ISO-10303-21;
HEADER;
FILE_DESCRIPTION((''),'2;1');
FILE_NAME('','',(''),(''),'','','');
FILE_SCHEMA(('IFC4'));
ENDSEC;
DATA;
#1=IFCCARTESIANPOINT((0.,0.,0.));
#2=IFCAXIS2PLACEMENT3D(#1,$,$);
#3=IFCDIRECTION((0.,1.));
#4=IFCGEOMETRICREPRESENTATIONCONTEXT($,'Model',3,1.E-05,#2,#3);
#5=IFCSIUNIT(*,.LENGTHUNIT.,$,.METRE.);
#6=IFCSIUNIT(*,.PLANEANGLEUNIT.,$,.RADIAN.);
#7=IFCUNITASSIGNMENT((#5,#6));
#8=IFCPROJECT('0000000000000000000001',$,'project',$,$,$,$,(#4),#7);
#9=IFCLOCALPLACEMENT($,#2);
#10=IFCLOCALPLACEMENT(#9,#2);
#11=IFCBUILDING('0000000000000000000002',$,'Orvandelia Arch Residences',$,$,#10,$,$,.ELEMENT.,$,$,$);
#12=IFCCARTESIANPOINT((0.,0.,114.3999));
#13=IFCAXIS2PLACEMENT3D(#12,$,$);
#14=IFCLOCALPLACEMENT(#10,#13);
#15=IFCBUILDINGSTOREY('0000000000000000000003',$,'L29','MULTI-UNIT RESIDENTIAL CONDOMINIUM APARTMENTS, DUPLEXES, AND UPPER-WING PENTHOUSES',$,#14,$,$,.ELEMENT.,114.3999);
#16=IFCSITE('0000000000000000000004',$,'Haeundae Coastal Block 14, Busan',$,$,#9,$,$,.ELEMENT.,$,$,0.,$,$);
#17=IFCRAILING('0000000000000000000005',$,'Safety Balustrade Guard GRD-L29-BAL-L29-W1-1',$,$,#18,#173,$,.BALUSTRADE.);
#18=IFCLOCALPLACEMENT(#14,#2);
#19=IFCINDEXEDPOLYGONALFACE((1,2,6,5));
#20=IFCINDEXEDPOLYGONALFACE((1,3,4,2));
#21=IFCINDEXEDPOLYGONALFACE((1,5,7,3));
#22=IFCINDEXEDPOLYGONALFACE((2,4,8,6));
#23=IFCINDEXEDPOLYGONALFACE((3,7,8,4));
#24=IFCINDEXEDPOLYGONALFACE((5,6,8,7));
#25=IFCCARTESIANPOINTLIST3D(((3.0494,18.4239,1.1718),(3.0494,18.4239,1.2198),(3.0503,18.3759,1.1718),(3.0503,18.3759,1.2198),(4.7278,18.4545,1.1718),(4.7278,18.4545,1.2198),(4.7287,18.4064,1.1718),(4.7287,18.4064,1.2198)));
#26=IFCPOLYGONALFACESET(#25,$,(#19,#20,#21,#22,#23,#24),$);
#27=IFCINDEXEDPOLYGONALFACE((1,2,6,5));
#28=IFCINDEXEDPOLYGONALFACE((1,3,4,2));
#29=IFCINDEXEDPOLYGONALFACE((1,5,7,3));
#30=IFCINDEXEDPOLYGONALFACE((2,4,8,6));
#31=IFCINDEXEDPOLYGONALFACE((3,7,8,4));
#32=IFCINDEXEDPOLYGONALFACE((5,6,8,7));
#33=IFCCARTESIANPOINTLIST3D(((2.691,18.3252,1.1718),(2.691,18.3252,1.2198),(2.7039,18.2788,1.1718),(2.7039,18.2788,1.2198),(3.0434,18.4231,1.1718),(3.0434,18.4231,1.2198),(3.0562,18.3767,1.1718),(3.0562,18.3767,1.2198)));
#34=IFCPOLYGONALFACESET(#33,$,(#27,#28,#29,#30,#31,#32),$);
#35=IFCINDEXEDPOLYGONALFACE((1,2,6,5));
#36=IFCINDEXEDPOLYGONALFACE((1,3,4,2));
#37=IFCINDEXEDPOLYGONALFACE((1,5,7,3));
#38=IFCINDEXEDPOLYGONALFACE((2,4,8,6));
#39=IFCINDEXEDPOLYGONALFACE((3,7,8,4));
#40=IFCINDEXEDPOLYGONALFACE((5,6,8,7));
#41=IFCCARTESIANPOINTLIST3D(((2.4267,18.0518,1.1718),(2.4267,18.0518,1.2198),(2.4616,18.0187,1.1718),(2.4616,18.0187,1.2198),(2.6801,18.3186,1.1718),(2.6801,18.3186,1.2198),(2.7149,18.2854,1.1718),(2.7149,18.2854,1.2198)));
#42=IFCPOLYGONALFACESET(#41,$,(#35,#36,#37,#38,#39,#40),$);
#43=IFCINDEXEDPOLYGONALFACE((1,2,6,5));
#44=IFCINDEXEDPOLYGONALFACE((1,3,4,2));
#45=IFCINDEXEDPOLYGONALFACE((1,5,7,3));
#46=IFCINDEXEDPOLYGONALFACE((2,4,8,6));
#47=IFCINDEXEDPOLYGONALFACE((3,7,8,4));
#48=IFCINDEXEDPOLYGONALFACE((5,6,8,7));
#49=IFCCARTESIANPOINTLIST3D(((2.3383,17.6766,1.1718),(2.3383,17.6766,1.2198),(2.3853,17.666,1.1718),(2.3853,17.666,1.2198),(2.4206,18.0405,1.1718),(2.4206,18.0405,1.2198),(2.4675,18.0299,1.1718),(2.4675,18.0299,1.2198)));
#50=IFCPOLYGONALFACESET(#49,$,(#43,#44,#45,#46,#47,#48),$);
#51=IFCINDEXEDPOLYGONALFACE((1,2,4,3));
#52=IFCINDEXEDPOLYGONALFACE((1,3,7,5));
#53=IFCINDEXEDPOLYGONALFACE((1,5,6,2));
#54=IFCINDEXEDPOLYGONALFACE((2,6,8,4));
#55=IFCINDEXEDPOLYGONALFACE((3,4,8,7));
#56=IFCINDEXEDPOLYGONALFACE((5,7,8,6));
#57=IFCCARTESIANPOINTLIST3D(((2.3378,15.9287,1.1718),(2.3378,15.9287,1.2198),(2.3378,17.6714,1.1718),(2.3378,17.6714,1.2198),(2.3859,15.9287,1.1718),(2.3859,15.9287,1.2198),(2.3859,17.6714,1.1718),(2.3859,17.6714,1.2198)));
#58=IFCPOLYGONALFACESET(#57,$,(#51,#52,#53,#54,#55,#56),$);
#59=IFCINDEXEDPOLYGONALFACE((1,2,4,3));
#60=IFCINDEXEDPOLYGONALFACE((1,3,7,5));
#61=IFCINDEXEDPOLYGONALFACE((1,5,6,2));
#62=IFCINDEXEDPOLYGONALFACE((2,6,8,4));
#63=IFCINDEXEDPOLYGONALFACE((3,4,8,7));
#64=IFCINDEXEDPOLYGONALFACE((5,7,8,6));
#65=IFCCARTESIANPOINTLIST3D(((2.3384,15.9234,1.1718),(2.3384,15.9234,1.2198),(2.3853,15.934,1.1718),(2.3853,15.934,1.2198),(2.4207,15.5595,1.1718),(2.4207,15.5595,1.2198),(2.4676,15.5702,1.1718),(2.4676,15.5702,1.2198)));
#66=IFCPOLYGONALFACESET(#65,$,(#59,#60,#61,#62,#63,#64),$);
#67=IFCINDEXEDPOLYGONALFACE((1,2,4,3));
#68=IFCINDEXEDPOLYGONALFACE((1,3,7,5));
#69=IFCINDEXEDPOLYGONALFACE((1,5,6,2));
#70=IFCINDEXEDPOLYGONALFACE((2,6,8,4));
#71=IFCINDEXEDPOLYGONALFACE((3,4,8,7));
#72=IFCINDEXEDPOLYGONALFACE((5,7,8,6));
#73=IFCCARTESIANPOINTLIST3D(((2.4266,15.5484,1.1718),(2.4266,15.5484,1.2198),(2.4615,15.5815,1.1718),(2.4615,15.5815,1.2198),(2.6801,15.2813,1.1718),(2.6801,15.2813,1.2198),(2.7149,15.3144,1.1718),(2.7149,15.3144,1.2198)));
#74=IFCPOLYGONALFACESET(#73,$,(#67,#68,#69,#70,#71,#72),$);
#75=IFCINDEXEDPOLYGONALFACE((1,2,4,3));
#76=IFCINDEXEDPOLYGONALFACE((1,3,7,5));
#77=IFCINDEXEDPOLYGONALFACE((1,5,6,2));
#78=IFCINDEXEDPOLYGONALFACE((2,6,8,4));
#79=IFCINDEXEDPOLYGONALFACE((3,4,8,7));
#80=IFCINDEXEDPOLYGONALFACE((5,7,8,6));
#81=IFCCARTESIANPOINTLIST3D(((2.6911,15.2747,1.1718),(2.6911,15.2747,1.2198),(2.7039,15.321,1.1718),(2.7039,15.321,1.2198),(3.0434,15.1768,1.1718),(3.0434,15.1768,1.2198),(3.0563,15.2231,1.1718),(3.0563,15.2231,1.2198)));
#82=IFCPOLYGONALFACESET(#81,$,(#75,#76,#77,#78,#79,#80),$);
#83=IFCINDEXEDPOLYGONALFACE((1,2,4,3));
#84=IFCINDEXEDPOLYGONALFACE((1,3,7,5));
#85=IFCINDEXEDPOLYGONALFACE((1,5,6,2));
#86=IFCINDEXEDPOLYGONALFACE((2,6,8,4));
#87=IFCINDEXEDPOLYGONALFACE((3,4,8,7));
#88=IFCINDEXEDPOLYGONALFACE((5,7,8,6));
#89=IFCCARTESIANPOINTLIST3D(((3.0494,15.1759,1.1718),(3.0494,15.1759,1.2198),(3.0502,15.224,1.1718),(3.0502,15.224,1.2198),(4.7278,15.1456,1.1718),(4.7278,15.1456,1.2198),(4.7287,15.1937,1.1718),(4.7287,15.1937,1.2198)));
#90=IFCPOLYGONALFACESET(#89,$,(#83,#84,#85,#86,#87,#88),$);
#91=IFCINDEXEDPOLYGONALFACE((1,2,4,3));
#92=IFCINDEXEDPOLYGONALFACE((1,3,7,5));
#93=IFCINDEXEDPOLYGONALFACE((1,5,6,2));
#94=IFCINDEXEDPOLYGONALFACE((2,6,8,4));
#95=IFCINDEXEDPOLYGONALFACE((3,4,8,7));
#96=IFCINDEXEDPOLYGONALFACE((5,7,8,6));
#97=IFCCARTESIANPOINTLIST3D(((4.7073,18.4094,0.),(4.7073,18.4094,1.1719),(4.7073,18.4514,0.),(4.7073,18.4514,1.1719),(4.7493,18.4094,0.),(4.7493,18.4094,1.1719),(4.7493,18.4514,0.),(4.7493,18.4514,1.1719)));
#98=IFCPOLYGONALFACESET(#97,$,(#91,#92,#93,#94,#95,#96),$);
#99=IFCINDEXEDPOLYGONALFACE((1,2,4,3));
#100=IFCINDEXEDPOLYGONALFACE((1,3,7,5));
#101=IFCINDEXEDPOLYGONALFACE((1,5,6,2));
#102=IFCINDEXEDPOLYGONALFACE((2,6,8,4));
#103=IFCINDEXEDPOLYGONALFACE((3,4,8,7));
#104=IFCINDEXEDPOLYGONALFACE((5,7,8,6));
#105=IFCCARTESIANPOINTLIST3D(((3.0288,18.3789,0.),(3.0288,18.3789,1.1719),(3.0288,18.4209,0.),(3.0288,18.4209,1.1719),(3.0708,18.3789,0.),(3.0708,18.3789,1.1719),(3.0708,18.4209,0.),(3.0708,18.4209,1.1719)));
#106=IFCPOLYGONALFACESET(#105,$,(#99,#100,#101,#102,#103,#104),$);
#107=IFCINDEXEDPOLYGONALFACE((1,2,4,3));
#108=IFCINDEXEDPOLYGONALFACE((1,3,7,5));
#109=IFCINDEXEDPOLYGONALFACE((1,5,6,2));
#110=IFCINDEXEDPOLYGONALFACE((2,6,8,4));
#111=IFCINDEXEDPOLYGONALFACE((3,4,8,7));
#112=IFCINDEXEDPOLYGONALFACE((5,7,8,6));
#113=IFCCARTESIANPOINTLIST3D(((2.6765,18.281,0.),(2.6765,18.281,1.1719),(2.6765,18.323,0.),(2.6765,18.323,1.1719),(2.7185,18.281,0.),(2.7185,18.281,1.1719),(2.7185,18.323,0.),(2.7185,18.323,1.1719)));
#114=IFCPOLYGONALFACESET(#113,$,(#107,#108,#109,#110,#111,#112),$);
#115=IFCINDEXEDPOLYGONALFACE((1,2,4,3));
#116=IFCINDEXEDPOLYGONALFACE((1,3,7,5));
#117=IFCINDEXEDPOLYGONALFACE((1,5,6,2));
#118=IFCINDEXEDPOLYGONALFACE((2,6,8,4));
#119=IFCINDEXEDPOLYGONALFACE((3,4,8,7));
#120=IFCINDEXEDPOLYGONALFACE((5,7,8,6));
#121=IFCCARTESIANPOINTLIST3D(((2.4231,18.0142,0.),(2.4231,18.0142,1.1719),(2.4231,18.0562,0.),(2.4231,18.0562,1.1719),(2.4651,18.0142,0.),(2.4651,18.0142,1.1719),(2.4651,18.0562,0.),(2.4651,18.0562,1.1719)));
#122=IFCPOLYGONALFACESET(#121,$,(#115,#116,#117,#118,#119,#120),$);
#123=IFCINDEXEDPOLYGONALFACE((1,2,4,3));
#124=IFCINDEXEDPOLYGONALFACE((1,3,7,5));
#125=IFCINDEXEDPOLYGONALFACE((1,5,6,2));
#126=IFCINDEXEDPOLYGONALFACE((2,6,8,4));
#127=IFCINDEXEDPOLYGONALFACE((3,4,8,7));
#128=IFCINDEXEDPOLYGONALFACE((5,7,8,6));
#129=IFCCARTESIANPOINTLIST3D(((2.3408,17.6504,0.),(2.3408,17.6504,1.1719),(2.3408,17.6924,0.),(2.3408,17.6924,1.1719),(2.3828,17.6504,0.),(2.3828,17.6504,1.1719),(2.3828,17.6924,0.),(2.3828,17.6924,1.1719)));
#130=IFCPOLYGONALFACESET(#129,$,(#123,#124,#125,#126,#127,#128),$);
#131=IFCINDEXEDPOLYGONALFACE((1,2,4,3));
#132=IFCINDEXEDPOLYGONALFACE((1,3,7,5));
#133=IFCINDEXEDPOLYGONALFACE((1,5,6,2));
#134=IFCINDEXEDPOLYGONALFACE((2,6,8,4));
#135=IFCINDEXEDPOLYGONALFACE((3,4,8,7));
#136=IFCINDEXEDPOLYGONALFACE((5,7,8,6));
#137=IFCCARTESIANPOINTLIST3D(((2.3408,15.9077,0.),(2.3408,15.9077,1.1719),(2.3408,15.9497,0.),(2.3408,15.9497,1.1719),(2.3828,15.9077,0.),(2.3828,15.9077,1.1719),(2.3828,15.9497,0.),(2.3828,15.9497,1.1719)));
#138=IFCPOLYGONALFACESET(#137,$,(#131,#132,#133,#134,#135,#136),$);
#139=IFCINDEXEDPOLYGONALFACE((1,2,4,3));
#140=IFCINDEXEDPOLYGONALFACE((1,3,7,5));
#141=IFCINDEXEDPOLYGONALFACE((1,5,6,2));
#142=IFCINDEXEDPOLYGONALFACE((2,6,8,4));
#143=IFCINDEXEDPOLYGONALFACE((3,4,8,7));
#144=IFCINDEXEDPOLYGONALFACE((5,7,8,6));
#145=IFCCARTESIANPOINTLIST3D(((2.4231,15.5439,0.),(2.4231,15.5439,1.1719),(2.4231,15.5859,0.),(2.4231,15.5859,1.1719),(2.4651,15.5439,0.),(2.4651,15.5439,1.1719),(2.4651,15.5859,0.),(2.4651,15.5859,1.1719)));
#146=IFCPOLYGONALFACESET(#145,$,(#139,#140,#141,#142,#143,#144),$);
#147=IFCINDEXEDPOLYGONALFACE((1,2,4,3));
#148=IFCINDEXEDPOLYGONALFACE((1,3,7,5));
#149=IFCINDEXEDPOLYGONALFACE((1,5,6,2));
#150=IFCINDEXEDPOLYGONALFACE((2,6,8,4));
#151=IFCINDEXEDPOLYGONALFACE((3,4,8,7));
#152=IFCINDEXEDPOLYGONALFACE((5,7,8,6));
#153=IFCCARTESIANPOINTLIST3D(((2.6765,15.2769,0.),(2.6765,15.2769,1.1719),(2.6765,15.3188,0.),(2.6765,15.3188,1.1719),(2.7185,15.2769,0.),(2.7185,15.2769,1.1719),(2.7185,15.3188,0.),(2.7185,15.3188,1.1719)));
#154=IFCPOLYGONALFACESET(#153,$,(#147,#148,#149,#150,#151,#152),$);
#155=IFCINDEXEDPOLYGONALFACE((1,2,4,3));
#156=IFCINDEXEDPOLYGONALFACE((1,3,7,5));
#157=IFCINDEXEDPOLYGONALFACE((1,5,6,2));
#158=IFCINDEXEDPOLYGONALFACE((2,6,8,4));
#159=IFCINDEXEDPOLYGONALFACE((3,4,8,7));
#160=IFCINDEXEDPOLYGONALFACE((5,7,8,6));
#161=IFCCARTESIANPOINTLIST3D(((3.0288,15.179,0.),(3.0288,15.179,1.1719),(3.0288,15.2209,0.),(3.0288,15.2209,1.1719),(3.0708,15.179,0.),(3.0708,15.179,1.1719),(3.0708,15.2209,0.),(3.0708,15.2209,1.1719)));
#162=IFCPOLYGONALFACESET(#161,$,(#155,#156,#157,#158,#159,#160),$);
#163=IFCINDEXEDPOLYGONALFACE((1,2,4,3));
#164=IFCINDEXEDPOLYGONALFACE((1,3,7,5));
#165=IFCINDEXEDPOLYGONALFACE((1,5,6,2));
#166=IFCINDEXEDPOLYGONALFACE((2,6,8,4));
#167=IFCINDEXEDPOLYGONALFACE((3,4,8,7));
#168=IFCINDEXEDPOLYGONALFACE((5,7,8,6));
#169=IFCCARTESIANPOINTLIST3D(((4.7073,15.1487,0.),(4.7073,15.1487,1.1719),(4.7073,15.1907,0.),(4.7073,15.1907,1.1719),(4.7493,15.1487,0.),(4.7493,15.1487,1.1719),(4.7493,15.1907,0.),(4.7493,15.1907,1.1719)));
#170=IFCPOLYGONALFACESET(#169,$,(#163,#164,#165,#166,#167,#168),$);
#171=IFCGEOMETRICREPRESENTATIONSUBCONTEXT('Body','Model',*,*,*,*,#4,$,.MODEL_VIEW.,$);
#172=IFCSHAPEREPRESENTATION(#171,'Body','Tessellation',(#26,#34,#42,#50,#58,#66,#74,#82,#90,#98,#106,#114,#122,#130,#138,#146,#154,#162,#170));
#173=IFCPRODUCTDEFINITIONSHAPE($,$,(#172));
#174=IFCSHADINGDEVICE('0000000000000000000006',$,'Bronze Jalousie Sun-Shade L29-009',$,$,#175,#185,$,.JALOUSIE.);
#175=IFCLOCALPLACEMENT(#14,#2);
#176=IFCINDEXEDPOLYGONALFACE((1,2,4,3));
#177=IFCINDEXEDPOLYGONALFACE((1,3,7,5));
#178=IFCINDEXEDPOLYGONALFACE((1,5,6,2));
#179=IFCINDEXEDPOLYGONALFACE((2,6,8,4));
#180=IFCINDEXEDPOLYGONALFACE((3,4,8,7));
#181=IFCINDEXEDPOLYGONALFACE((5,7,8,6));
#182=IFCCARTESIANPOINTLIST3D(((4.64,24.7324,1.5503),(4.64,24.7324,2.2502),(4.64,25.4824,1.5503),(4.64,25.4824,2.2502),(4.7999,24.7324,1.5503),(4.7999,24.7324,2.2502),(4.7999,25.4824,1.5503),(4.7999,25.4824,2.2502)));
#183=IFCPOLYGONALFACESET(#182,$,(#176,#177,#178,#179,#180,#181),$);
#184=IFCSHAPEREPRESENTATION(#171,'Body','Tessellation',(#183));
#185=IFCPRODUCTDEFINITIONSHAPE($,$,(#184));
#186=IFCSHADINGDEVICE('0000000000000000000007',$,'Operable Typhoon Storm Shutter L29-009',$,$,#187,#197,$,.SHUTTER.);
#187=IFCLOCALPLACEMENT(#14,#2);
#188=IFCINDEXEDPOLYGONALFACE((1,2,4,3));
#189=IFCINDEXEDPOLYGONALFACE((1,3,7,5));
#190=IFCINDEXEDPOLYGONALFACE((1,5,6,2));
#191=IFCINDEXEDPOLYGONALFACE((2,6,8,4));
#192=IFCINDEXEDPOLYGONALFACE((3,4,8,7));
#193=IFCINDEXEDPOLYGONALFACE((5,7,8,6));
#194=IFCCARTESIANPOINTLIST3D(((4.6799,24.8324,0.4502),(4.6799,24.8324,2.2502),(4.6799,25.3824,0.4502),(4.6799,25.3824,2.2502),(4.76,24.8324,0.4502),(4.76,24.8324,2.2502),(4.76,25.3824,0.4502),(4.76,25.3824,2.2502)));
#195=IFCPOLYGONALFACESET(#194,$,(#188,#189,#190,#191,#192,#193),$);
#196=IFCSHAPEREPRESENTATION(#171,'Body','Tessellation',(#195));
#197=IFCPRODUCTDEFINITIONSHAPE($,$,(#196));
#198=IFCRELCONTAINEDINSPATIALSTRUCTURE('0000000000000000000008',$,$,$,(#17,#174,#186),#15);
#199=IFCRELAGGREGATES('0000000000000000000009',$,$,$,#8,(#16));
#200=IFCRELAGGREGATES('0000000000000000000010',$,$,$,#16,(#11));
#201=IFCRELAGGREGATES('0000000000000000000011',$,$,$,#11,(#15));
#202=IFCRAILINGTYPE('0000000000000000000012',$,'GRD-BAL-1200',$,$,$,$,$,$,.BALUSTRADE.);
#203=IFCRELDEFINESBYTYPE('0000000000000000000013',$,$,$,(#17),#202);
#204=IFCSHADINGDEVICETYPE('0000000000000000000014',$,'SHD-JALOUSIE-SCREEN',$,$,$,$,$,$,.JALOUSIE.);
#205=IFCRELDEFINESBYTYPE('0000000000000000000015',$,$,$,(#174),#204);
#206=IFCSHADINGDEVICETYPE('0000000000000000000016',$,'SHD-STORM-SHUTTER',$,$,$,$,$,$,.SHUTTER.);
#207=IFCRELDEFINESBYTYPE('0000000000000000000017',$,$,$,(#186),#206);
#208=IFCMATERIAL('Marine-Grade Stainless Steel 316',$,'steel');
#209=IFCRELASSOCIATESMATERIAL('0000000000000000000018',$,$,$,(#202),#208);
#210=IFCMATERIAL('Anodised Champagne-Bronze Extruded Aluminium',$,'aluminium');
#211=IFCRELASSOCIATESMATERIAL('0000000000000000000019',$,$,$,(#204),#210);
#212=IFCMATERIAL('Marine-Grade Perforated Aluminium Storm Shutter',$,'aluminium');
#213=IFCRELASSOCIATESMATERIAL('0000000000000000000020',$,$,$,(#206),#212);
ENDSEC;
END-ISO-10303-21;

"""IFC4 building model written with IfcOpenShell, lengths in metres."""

from ifc_helpers import new_model, si_unit, direction, frame, origin, origin_2d, place, context, subcontext, project, spatial, rectangle, extrude, material, type_object, element, save


model = new_model("IFC4")

# Units and contexts
model_context = context("Model", 3, precision=1e-05, world=origin(), true_north=direction((0.0, 1.0)))
body_context = subcontext(model_context, "Body", "Model", "MODEL_VIEW")
ifc_project = project(units=[si_unit("LENGTHUNIT", "METRE"), si_unit("PLANEANGLEUNIT", "RADIAN")], contexts=[model_context])

# Site, building, storey
site_placement = place(None, origin())
site = spatial("IfcSite", under=ifc_project, at=site_placement, Name="Haeundae Coastal Block 14, Busan", CompositionType="ELEMENT", RefElevation=0.0)
building_placement = place(site_placement, origin())
building = spatial("IfcBuilding", under=site, at=building_placement, Name="Orvandelia Arch Residences", CompositionType="ELEMENT")
storey_placement = place(building_placement, frame((0.0, 0.0, 114.3999)))
storey = spatial("IfcBuildingStorey", under=building, at=storey_placement, Name="L29", Description="MULTI-UNIT RESIDENTIAL CONDOMINIUM APARTMENTS, DUPLEXES, AND UPPER-WING PENTHOUSES", CompositionType="ELEMENT", Elevation=114.3999)

# Railing
ifc_material_1 = material(Name="Marine-Grade Stainless Steel 316", Category="steel")
railing_type = type_object("IfcRailingType", Name="GRD-BAL-1200", PredefinedType="BALUSTRADE", material=ifc_material_1)
railing_placement = place(storey_placement, frame((4.7283, 18.4304, 0.0)))
element("IfcRailing", 1, at=railing_placement, inside=storey, type_object=railing_type, Name="Safety Balustrade Guard GRD-L29-BAL-L29-W1-1", PredefinedType="BALUSTRADE", context=body_context, shape_type="SweptSolid", body=[
    extrude(rectangle(XDim=0.0481, YDim=0.0481, at=origin_2d()), frame((0.0, 0.0, 1.1958), z_axis=(-0.999835, -0.018179, 0.0), x_axis=(0.018179, -0.999835, 0.0)), (0.0, 0.0, 1.0), 1.6787),
    extrude(rectangle(XDim=0.0481, YDim=0.0481, at=origin_2d()), frame((-1.6785, -0.0305, 1.1958), z_axis=(-0.963489, -0.267747, 0.0), x_axis=(0.267747, -0.963489, 0.0)), (0.0, 0.0, 1.0), 0.3657),
    extrude(rectangle(XDim=0.0481, YDim=0.0481, at=origin_2d()), frame((-2.0308, -0.1284, 1.1958), z_axis=(-0.688627, -0.725115, 0.0), x_axis=(0.725115, -0.688627, 0.0)), (0.0, 0.0, 1.0), 0.3679),
    extrude(rectangle(XDim=0.0481, YDim=0.0481, at=origin_2d()), frame((-2.2842, -0.3953, 1.1958), z_axis=(-0.220602, -0.975364, 0.0), x_axis=(0.975364, -0.220602, 0.0)), (0.0, 0.0, 1.0), 0.373),
    extrude(rectangle(XDim=0.0481, YDim=0.0481, at=origin_2d()), frame((-2.3665, -0.759, 1.1958), z_axis=(0.0, -1.0, 0.0), x_axis=(1.0, 0.0, 0.0)), (0.0, 0.0, 1.0), 1.7427),
    extrude(rectangle(XDim=0.0481, YDim=0.0481, at=origin_2d()), frame((-2.3665, -2.5017, 1.1958), z_axis=(0.220602, -0.975364, 0.0), x_axis=(0.975364, 0.220602, 0.0)), (0.0, 0.0, 1.0), 0.373),
    extrude(rectangle(XDim=0.0481, YDim=0.0481, at=origin_2d()), frame((-2.2842, -2.8655, 1.1958), z_axis=(0.688296, -0.72543, 0.0), x_axis=(0.72543, 0.688296, 0.0)), (0.0, 0.0, 1.0), 0.3682),
    extrude(rectangle(XDim=0.0481, YDim=0.0481, at=origin_2d()), frame((-2.0308, -3.1326, 1.1958), z_axis=(0.963489, -0.267747, 0.0), x_axis=(0.267747, 0.963489, 0.0)), (0.0, 0.0, 1.0), 0.3657),
    extrude(rectangle(XDim=0.0481, YDim=0.0481, at=origin_2d()), frame((-1.6785, -3.2305, 1.1958), z_axis=(0.999837, -0.018033, 0.0), x_axis=(0.018033, 0.999837, 0.0)), (0.0, 0.0, 1.0), 1.6787),
    extrude(rectangle(XDim=0.042, YDim=0.042, at=origin_2d()), origin(), (0.0, 0.0, 1.0), 1.1719),
    extrude(rectangle(XDim=0.042, YDim=0.042, at=origin_2d()), frame((-1.6785, -0.0305, 0.0)), (0.0, 0.0, 1.0), 1.1719),
    extrude(rectangle(XDim=0.042, YDim=0.042, at=origin_2d()), frame((-2.0308, -0.1284, 0.0)), (0.0, 0.0, 1.0), 1.1719),
    extrude(rectangle(XDim=0.042, YDim=0.042, at=origin_2d()), frame((-2.2842, -0.3953, 0.0)), (0.0, 0.0, 1.0), 1.1719),
    extrude(rectangle(XDim=0.042, YDim=0.042, at=origin_2d()), frame((-2.3665, -0.759, 0.0)), (0.0, 0.0, 1.0), 1.1719),
    extrude(rectangle(XDim=0.042, YDim=0.042, at=origin_2d()), frame((-2.3665, -2.5017, 0.0)), (0.0, 0.0, 1.0), 1.1719),
    extrude(rectangle(XDim=0.042, YDim=0.042, at=origin_2d()), frame((-2.2842, -2.8655, 0.0)), (0.0, 0.0, 1.0), 1.1719),
    extrude(rectangle(XDim=0.042, YDim=0.042, at=origin_2d()), frame((-2.0308, -3.1326, 0.0)), (0.0, 0.0, 1.0), 1.1719),
    extrude(rectangle(XDim=0.042, YDim=0.042, at=origin_2d()), frame((-1.6785, -3.2305, 0.0)), (0.0, 0.0, 1.0), 1.1719),
    extrude(rectangle(XDim=0.042, YDim=0.042, at=origin_2d()), frame((0.0, -3.2607, 0.0)), (0.0, 0.0, 1.0), 1.1719),
])

# Shading devices
ifc_material_2 = material(Name="Anodised Champagne-Bronze Extruded Aluminium", Category="aluminium")
shading_device_type_1 = type_object("IfcShadingDeviceType", Name="SHD-JALOUSIE-SCREEN", PredefinedType="JALOUSIE", material=ifc_material_2)
shading_device_1_placement = place(storey_placement, frame((4.72, 25.1074, 1.5503), z_axis=(0.0, 0.0, 1.0), x_axis=(0.0, 1.0, 0.0)))
element("IfcShadingDevice", 2, at=shading_device_1_placement, inside=storey, type_object=shading_device_type_1, Name="Bronze Jalousie Sun-Shade L29-009", PredefinedType="JALOUSIE", context=body_context, shape_type="SweptSolid", body=[
    extrude(rectangle(XDim=0.75, YDim=0.1599, at=origin_2d()), origin(), (0.0, 0.0, 1.0), 0.7),
])
ifc_material_3 = material(Name="Marine-Grade Perforated Aluminium Storm Shutter", Category="aluminium")
shading_device_type_2 = type_object("IfcShadingDeviceType", Name="SHD-STORM-SHUTTER", PredefinedType="SHUTTER", material=ifc_material_3)
shading_device_2_placement = place(storey_placement, frame((4.72, 25.1074, 0.4502), z_axis=(0.0, 0.0, 1.0), x_axis=(0.0, 1.0, 0.0)))
element("IfcShadingDevice", 3, at=shading_device_2_placement, inside=storey, type_object=shading_device_type_2, Name="Operable Typhoon Storm Shutter L29-009", PredefinedType="SHUTTER", context=body_context, shape_type="SweptSolid", body=[
    extrude(rectangle(XDim=0.55, YDim=0.0801, at=origin_2d()), origin(), (0.0, 0.0, 1.0), 1.8),
])

save(model, "model.ifc")
